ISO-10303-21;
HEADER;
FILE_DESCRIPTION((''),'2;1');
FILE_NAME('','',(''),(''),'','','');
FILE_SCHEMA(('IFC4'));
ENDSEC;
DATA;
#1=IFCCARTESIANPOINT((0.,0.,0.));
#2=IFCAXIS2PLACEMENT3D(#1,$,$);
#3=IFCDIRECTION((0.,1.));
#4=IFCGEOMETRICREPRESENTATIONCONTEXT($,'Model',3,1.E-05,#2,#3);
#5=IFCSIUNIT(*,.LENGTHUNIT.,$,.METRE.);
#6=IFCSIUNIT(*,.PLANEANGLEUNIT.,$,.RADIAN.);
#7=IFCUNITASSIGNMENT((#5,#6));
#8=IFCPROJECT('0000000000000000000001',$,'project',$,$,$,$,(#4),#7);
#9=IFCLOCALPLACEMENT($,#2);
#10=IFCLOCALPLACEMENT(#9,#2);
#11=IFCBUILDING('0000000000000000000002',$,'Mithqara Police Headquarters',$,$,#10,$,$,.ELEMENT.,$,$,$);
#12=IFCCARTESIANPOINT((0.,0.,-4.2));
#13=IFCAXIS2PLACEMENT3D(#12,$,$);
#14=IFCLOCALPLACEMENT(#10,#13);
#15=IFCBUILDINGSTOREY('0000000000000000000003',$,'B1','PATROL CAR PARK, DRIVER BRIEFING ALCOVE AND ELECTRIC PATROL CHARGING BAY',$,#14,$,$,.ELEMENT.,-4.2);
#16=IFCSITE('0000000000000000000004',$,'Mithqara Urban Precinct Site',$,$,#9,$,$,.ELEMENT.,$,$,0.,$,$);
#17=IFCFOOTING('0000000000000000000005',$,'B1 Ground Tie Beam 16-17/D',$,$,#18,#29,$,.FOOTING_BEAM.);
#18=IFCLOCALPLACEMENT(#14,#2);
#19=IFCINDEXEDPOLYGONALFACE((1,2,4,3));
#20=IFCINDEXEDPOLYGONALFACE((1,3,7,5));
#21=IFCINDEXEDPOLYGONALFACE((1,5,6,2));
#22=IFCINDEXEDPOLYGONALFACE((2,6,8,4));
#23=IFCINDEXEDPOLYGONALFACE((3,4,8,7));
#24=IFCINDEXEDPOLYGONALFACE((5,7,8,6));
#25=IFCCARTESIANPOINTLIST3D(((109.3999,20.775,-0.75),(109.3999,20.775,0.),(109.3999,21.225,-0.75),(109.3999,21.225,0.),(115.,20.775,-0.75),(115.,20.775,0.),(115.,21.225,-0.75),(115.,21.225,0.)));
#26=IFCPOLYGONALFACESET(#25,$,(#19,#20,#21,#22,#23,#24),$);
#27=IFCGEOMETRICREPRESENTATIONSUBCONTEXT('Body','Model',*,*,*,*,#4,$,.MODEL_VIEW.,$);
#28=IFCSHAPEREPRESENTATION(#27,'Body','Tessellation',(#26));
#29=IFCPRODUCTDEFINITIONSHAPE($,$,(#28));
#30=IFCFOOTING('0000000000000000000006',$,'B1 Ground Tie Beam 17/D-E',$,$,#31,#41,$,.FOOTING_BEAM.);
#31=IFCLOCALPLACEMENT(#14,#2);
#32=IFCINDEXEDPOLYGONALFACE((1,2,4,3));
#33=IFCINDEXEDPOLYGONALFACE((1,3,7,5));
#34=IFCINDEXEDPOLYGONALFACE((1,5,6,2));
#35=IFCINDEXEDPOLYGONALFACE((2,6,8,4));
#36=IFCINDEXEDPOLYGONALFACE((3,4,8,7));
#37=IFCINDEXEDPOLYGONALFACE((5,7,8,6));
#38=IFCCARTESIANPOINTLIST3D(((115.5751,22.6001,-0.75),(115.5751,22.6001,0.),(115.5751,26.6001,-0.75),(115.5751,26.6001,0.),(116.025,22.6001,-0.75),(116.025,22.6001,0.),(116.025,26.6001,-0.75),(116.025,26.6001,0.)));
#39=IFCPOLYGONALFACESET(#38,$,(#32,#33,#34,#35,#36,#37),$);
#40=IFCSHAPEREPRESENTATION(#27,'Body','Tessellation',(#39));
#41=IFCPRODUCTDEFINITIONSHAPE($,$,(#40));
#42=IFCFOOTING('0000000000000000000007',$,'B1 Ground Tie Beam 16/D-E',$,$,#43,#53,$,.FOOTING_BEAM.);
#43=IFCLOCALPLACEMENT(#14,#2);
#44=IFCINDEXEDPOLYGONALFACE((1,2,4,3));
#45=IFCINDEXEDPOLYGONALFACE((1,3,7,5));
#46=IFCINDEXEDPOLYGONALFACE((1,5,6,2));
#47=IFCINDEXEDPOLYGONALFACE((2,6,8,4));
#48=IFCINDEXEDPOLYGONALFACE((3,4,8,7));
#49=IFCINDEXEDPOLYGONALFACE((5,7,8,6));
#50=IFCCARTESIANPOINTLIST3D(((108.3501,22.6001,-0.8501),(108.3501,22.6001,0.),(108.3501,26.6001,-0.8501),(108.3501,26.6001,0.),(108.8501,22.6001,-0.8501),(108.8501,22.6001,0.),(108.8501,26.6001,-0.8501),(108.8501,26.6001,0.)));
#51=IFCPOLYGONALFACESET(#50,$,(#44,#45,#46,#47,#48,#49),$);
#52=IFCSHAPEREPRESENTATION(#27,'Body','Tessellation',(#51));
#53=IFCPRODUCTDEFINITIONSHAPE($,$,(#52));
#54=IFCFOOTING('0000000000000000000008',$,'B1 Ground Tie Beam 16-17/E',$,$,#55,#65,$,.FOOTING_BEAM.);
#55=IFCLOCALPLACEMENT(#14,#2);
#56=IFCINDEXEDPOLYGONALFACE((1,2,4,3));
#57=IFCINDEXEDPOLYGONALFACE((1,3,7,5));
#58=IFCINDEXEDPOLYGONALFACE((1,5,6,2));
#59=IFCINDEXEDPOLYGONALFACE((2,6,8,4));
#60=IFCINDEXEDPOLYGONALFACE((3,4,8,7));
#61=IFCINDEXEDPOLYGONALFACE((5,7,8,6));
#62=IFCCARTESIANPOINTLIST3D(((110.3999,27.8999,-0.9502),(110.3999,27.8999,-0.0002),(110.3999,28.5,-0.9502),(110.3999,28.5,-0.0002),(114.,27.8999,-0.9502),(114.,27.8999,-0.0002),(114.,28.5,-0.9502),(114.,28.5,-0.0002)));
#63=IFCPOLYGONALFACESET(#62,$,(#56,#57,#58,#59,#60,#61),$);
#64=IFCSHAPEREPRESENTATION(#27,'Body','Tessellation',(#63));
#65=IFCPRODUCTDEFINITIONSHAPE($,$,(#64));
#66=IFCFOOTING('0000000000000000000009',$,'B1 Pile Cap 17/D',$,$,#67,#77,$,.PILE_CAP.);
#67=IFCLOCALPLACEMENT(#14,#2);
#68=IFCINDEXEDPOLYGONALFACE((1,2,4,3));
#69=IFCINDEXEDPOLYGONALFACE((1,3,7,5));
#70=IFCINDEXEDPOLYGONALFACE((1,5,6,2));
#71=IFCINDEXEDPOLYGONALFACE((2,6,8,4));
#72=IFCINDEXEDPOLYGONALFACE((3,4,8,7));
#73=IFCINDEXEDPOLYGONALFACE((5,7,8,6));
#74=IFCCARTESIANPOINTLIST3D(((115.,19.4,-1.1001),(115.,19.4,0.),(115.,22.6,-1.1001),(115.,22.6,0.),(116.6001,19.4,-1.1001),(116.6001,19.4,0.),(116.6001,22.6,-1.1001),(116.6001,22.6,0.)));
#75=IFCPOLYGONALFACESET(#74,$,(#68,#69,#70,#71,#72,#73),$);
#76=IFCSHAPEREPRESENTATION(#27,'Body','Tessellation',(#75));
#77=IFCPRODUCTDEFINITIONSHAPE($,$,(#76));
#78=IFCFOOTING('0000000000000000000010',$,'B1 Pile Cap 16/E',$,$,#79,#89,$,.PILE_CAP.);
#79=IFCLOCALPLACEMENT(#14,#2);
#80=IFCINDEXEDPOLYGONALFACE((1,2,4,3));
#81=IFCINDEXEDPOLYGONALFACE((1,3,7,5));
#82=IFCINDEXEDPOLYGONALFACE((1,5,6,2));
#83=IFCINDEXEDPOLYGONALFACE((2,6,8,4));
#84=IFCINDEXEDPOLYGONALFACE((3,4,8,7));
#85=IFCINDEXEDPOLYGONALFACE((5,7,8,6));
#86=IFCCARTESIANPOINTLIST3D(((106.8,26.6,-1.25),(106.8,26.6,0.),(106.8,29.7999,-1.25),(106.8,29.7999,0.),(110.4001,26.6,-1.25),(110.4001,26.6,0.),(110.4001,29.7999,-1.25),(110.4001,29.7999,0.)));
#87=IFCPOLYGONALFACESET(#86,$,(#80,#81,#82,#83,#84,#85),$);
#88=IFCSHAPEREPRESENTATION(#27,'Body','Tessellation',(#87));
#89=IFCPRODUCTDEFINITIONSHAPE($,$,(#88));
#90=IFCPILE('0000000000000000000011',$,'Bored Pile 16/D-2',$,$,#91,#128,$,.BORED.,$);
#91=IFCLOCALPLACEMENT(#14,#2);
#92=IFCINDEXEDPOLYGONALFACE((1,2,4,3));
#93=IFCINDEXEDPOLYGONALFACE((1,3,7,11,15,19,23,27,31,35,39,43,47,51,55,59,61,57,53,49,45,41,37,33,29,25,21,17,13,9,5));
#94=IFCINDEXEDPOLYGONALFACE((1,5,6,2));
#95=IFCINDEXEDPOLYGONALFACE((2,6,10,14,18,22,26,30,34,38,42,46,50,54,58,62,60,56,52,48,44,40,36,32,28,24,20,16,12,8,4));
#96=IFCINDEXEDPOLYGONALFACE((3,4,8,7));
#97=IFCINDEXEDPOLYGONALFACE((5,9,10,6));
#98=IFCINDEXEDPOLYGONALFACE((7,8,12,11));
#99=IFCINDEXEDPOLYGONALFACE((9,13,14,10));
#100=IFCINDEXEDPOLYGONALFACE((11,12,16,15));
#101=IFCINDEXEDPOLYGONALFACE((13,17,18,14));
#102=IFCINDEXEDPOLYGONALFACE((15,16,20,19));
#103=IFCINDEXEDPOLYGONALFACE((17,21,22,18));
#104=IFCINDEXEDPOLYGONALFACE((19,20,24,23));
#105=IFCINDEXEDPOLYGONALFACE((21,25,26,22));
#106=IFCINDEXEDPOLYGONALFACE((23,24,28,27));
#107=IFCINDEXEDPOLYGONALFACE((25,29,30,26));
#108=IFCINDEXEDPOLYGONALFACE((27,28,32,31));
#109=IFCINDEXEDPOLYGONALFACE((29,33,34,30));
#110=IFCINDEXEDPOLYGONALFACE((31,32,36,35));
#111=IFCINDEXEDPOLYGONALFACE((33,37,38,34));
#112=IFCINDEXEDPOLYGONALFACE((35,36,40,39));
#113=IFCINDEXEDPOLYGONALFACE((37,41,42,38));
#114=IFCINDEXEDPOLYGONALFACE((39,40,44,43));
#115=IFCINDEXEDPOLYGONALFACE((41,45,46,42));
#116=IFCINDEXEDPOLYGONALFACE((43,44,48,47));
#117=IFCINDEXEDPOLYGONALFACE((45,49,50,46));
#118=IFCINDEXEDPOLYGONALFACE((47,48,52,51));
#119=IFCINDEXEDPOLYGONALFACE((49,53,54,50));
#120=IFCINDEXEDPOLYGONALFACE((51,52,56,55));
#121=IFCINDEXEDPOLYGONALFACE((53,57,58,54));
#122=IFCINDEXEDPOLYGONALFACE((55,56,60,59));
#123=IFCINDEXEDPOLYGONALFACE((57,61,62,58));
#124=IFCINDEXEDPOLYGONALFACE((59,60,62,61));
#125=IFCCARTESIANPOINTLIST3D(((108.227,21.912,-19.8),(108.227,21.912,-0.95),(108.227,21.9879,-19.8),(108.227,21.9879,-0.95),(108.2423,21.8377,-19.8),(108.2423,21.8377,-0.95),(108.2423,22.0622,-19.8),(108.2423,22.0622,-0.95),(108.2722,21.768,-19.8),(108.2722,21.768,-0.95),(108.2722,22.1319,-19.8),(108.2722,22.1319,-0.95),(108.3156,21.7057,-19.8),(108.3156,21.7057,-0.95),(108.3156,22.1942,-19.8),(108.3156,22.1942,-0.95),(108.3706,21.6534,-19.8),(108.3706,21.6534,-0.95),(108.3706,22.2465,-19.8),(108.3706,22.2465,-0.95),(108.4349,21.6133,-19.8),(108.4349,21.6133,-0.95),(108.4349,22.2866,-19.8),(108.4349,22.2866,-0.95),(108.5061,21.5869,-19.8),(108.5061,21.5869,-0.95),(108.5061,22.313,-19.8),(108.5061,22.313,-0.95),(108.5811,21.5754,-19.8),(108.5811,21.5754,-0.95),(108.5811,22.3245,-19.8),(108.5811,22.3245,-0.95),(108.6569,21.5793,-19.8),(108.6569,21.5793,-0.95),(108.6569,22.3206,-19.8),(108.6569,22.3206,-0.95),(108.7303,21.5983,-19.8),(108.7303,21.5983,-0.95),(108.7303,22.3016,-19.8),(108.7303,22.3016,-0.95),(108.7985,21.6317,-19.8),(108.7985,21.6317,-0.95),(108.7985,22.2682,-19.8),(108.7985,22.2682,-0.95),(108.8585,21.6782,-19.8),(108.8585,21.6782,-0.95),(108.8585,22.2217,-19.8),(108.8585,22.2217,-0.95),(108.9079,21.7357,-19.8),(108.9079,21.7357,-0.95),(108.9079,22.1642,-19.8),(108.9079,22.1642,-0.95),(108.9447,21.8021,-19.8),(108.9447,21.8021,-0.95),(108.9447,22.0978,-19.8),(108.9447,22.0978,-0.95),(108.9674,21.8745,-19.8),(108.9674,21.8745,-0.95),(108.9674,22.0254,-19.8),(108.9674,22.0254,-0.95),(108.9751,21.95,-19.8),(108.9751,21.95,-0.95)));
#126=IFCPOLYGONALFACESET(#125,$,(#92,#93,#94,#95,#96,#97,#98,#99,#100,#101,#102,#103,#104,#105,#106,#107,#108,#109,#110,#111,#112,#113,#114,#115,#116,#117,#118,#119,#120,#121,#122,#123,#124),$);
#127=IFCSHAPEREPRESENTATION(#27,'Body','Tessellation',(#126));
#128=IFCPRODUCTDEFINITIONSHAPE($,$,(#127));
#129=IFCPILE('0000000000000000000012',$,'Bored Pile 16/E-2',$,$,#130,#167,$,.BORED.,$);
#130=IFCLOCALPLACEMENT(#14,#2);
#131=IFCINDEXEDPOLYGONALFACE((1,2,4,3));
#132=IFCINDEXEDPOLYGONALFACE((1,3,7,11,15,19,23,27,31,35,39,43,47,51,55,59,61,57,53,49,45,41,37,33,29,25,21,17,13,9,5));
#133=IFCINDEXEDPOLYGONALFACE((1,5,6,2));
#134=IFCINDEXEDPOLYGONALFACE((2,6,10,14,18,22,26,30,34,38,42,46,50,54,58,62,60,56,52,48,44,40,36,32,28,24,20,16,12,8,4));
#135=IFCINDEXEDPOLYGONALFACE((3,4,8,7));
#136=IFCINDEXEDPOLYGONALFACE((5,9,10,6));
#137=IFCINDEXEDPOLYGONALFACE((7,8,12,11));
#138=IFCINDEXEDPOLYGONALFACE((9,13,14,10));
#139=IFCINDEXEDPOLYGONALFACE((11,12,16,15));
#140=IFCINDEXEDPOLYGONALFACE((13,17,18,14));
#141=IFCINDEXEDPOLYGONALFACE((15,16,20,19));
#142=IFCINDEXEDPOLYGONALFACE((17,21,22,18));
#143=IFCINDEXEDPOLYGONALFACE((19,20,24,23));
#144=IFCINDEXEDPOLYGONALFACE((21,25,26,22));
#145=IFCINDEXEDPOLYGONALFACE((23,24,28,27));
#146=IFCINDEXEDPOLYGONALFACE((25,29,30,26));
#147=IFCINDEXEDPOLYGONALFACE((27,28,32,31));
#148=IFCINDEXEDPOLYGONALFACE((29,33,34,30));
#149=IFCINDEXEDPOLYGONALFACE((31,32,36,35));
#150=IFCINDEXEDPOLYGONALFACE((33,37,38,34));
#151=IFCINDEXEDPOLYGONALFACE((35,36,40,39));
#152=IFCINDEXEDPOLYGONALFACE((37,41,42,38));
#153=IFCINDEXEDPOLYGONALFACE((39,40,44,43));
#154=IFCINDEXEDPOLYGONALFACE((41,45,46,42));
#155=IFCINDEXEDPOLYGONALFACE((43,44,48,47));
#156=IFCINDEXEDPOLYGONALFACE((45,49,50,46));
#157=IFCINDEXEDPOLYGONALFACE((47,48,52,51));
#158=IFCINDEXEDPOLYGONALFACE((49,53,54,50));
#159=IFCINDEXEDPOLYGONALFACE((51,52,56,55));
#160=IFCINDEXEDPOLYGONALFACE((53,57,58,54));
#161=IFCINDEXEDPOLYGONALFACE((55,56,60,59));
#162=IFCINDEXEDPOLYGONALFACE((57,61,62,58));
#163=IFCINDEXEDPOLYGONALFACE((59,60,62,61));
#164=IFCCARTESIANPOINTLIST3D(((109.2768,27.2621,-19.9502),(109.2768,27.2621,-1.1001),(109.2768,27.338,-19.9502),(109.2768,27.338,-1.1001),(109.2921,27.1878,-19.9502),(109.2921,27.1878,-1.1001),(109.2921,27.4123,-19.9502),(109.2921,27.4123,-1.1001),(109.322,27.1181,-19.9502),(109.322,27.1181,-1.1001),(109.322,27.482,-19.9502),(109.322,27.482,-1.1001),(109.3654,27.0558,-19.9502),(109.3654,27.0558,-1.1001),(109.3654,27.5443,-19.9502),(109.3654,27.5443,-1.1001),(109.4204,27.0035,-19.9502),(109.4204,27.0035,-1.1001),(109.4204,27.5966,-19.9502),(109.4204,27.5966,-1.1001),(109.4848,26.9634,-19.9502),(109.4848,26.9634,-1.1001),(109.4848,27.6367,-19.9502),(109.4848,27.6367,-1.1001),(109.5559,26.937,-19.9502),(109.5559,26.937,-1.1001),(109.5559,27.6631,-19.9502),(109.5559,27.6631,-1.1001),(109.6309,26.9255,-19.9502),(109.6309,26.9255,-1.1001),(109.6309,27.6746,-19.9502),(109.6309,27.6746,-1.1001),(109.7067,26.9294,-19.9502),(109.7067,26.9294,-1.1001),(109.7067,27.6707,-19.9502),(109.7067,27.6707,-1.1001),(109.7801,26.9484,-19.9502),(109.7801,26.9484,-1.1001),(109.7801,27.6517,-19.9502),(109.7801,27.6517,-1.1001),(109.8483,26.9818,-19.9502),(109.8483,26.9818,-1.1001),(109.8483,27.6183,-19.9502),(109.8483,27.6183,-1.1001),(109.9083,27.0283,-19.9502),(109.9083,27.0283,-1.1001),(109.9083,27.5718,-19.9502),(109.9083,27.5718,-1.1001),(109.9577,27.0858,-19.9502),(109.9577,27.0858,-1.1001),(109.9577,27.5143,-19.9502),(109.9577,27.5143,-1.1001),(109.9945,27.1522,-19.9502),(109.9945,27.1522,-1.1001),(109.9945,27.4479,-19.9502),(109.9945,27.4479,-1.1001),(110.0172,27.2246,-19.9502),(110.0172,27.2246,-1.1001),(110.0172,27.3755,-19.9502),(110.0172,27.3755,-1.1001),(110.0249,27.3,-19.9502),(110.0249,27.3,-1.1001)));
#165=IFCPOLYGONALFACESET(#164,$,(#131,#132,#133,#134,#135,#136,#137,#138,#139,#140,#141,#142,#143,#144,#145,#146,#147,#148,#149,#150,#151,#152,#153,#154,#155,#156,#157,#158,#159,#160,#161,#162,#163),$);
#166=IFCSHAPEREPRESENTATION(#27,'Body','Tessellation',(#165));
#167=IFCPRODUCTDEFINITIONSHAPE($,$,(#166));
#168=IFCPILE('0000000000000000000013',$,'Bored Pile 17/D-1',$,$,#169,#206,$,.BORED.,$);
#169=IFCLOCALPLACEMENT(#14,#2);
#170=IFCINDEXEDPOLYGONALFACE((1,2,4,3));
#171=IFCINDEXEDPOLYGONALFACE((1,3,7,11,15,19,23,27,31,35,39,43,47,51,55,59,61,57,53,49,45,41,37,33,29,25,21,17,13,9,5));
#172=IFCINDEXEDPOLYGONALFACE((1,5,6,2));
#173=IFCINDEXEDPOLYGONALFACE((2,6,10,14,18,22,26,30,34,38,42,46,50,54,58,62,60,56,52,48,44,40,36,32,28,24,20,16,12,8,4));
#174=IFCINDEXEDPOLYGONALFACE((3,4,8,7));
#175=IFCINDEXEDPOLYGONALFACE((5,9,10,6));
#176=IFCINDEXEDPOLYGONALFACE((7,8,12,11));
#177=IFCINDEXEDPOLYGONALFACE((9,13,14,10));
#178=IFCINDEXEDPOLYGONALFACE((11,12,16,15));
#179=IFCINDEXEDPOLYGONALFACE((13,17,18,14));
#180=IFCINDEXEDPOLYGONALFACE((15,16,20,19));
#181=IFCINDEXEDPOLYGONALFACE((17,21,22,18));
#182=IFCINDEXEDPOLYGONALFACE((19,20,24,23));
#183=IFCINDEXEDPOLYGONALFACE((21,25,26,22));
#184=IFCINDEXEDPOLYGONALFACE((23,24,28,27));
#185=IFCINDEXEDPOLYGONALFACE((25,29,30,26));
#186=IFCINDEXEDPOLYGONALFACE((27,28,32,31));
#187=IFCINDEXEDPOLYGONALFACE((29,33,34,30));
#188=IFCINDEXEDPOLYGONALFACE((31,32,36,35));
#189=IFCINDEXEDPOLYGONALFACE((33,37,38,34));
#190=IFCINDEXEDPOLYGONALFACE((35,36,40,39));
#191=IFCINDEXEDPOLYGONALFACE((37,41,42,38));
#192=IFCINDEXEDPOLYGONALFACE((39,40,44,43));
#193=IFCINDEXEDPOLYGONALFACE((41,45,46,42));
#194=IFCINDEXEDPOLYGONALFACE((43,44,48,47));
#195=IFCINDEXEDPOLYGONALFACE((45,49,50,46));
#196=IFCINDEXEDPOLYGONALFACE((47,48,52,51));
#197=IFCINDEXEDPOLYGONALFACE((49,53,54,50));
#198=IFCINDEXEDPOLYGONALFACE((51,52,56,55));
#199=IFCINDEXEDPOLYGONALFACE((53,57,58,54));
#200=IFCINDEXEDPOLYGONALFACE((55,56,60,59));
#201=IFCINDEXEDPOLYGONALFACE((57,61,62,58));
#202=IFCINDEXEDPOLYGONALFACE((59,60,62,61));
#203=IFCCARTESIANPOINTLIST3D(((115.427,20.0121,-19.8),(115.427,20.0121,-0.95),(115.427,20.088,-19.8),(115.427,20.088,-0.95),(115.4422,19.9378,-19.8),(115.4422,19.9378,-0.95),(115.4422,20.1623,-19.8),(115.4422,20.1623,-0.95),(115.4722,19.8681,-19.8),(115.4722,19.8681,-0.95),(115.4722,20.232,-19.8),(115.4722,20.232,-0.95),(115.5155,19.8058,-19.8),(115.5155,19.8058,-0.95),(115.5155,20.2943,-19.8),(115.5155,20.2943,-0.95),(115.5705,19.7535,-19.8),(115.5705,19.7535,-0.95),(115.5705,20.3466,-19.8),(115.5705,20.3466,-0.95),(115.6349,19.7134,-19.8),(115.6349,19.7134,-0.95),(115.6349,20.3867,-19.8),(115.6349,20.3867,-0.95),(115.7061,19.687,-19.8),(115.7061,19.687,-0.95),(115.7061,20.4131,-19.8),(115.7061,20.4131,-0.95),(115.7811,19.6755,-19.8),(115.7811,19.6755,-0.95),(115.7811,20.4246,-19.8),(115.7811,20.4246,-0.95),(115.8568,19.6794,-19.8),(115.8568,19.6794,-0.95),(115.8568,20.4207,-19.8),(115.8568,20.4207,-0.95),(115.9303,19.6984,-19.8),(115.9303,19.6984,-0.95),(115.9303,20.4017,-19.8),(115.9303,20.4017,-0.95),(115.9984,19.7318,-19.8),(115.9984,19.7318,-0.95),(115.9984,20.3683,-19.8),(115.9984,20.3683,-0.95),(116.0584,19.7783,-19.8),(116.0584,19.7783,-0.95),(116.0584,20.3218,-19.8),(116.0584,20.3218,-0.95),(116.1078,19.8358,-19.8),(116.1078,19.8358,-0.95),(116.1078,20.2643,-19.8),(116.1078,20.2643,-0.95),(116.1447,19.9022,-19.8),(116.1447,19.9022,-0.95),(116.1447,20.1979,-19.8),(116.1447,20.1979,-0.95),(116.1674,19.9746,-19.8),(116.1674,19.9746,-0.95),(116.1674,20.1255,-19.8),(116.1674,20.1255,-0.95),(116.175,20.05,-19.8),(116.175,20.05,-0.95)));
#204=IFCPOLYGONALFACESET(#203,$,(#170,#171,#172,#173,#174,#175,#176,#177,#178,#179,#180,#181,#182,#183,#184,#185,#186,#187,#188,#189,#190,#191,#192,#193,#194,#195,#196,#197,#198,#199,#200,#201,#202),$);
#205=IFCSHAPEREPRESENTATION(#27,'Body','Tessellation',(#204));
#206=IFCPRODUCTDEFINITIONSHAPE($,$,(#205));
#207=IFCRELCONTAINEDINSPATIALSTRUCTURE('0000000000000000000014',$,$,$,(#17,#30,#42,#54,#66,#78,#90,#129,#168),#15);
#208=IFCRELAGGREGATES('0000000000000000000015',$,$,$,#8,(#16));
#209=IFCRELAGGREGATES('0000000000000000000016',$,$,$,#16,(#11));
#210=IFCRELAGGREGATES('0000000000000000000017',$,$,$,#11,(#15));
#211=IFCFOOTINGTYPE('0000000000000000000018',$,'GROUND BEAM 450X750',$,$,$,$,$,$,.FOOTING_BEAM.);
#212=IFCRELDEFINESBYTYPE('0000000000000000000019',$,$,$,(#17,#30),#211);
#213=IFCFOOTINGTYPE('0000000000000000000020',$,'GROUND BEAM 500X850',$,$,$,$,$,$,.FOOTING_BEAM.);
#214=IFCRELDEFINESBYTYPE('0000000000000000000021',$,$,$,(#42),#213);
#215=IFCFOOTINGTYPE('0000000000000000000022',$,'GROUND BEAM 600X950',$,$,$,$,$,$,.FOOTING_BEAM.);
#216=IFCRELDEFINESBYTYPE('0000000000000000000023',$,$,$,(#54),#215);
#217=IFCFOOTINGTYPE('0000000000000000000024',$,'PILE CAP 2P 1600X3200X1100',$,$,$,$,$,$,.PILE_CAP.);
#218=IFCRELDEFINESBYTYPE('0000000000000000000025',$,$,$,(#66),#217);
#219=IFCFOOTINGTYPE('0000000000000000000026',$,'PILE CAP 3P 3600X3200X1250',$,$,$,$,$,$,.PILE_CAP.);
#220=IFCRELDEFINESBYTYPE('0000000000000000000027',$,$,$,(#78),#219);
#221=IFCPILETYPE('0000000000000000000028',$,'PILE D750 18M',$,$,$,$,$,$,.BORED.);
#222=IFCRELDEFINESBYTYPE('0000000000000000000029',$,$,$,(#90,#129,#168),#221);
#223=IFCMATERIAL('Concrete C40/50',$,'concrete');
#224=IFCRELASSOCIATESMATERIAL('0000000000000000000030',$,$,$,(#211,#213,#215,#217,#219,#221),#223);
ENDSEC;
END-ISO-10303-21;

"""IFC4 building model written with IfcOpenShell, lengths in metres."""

from ifc_helpers import new_model, si_unit, direction, frame, origin, origin_2d, place, context, subcontext, project, spatial, rectangle, circle, extrude, material, material_profile, profile_set, type_object, element, save


model = new_model("IFC4")

# Units and contexts
model_context = context("Model", 3, precision=1e-05, world=origin(), true_north=direction((0.0, 1.0)))
body_context = subcontext(model_context, "Body", "Model", "MODEL_VIEW")
ifc_project = project(units=[si_unit("LENGTHUNIT", "METRE"), si_unit("PLANEANGLEUNIT", "RADIAN")], contexts=[model_context])

# Site, building, storey
site_placement = place(None, origin())
site = spatial("IfcSite", under=ifc_project, at=site_placement, Name="Mithqara Urban Precinct Site", CompositionType="ELEMENT", RefElevation=0.0)
building_placement = place(site_placement, origin())
building = spatial("IfcBuilding", under=site, at=building_placement, Name="Mithqara Police Headquarters", CompositionType="ELEMENT")
storey_placement = place(building_placement, frame((0.0, 0.0, -4.2)))
storey = spatial("IfcBuildingStorey", under=building, at=storey_placement, Name="B1", Description="PATROL CAR PARK, DRIVER BRIEFING ALCOVE AND ELECTRIC PATROL CHARGING BAY", CompositionType="ELEMENT", Elevation=-4.2)

# Footings
ifc_material_1 = material(Name="Concrete C40/50", Category="concrete")
footing_type_1 = type_object("IfcFootingType", Name="GROUND BEAM 450X750", PredefinedType="FOOTING_BEAM", material=ifc_material_1)
footing_1_placement = place(storey_placement, frame((112.2, 21.0, -0.75), z_axis=(0.0, 0.0, 1.0), x_axis=(1.0, 0.0, 0.0)))
element("IfcFooting", 1, at=footing_1_placement, inside=storey, type_object=footing_type_1, Name="B1 Ground Tie Beam 16-17/D", PredefinedType="FOOTING_BEAM", context=body_context, shape_type="SweptSolid", body=[
    extrude(rectangle(XDim=5.6001, YDim=0.45, at=origin_2d()), origin(), (0.0, 0.0, 1.0), 0.75),
])
footing_2_placement = place(storey_placement, frame((115.8, 24.6001, -0.75), z_axis=(0.0, 0.0, 1.0), x_axis=(1.0, 0.0, 0.0)))
element("IfcFooting", 2, at=footing_2_placement, inside=storey, type_object=footing_type_1, Name="B1 Ground Tie Beam 17/D-E", PredefinedType="FOOTING_BEAM", context=body_context, shape_type="SweptSolid", body=[
    extrude(rectangle(XDim=0.45, YDim=4.0, at=origin_2d()), origin(), (0.0, 0.0, 1.0), 0.75),
])
footing_type_2 = type_object("IfcFootingType", Name="GROUND BEAM 500X850", PredefinedType="FOOTING_BEAM", material=ifc_material_1)
footing_3_placement = place(storey_placement, frame((108.6001, 24.6001, -0.8501), z_axis=(0.0, 0.0, 1.0), x_axis=(1.0, 0.0, 0.0)))
element("IfcFooting", 3, at=footing_3_placement, inside=storey, type_object=footing_type_2, Name="B1 Ground Tie Beam 16/D-E", PredefinedType="FOOTING_BEAM", context=body_context, shape_type="SweptSolid", body=[
    extrude(rectangle(XDim=0.5, YDim=4.0, at=origin_2d()), origin(), (0.0, 0.0, 1.0), 0.8501),
])
footing_type_3 = type_object("IfcFootingType", Name="GROUND BEAM 600X950", PredefinedType="FOOTING_BEAM", material=ifc_material_1)
footing_4_placement = place(storey_placement, frame((112.2, 28.2, -0.9502), z_axis=(0.0, 0.0, 1.0), x_axis=(1.0, 0.0, 0.0)))
element("IfcFooting", 4, at=footing_4_placement, inside=storey, type_object=footing_type_3, Name="B1 Ground Tie Beam 16-17/E", PredefinedType="FOOTING_BEAM", context=body_context, shape_type="SweptSolid", body=[
    extrude(rectangle(XDim=3.6001, YDim=0.6001, at=origin_2d()), origin(), (0.0, 0.0, 1.0), 0.95),
])
footing_type_4 = type_object("IfcFootingType", Name="PILE CAP 2P 1600X3200X1100", PredefinedType="PILE_CAP", material=ifc_material_1)
footing_5_placement = place(storey_placement, frame((115.8, 21.0, -1.1001), z_axis=(0.0, 0.0, 1.0), x_axis=(1.0, 0.0, 0.0)))
element("IfcFooting", 5, at=footing_5_placement, inside=storey, type_object=footing_type_4, Name="B1 Pile Cap 17/D", PredefinedType="PILE_CAP", context=body_context, shape_type="SweptSolid", body=[
    extrude(rectangle(XDim=1.6001, YDim=3.2, at=origin_2d()), origin(), (0.0, 0.0, 1.0), 1.1001),
])
footing_type_5 = type_object("IfcFootingType", Name="PILE CAP 3P 3600X3200X1250", PredefinedType="PILE_CAP", material=ifc_material_1)
footing_6_placement = place(storey_placement, frame((108.6001, 28.2, -1.25), z_axis=(0.0, 0.0, 1.0), x_axis=(1.0, 0.0, 0.0)))
element("IfcFooting", 6, at=footing_6_placement, inside=storey, type_object=footing_type_5, Name="B1 Pile Cap 16/E", PredefinedType="PILE_CAP", context=body_context, shape_type="SweptSolid", body=[
    extrude(rectangle(XDim=3.6001, YDim=3.2, at=origin_2d()), origin(), (0.0, 0.0, 1.0), 1.25),
])

# Piles
ifc_material_profile_1 = material_profile(ifc_material_1, circle(Radius=0.375, at=origin_2d()), Name="PILE D750")
ifc_profile_set_1 = profile_set([ifc_material_profile_1], Name="Concrete C40/50")
pile_type = type_object("IfcPileType", Name="PILE D750 18M", PredefinedType="BORED", material=ifc_profile_set_1)
for number, where, z_axis, x_axis, name in (
    (7, (108.6001, 21.95, -0.95), (0.0, 0.0, -1.0), (1.0, 0.0, 0.0), "Bored Pile 16/D-2"),
    (8, (109.6499, 27.3, -1.1001), (0.0, 0.0, -1.0), (1.0, 0.0, 0.0), "Bored Pile 16/E-2"),
    (9, (115.8, 20.05, -0.95), (0.0, 0.0, -1.0), (1.0, 0.0, 0.0), "Bored Pile 17/D-1"),
):
    element("IfcPile", number, at=place(storey_placement, frame(where, z_axis=z_axis, x_axis=x_axis)), inside=storey, type_object=pile_type, Name=name, PredefinedType="BORED", context=body_context, shape_type="SweptSolid", body=[
        extrude(circle(Radius=0.375, at=origin_2d()), origin(), (0.0, 0.0, 1.0), 18.8501),
    ])

save(model, "model.ifc")
